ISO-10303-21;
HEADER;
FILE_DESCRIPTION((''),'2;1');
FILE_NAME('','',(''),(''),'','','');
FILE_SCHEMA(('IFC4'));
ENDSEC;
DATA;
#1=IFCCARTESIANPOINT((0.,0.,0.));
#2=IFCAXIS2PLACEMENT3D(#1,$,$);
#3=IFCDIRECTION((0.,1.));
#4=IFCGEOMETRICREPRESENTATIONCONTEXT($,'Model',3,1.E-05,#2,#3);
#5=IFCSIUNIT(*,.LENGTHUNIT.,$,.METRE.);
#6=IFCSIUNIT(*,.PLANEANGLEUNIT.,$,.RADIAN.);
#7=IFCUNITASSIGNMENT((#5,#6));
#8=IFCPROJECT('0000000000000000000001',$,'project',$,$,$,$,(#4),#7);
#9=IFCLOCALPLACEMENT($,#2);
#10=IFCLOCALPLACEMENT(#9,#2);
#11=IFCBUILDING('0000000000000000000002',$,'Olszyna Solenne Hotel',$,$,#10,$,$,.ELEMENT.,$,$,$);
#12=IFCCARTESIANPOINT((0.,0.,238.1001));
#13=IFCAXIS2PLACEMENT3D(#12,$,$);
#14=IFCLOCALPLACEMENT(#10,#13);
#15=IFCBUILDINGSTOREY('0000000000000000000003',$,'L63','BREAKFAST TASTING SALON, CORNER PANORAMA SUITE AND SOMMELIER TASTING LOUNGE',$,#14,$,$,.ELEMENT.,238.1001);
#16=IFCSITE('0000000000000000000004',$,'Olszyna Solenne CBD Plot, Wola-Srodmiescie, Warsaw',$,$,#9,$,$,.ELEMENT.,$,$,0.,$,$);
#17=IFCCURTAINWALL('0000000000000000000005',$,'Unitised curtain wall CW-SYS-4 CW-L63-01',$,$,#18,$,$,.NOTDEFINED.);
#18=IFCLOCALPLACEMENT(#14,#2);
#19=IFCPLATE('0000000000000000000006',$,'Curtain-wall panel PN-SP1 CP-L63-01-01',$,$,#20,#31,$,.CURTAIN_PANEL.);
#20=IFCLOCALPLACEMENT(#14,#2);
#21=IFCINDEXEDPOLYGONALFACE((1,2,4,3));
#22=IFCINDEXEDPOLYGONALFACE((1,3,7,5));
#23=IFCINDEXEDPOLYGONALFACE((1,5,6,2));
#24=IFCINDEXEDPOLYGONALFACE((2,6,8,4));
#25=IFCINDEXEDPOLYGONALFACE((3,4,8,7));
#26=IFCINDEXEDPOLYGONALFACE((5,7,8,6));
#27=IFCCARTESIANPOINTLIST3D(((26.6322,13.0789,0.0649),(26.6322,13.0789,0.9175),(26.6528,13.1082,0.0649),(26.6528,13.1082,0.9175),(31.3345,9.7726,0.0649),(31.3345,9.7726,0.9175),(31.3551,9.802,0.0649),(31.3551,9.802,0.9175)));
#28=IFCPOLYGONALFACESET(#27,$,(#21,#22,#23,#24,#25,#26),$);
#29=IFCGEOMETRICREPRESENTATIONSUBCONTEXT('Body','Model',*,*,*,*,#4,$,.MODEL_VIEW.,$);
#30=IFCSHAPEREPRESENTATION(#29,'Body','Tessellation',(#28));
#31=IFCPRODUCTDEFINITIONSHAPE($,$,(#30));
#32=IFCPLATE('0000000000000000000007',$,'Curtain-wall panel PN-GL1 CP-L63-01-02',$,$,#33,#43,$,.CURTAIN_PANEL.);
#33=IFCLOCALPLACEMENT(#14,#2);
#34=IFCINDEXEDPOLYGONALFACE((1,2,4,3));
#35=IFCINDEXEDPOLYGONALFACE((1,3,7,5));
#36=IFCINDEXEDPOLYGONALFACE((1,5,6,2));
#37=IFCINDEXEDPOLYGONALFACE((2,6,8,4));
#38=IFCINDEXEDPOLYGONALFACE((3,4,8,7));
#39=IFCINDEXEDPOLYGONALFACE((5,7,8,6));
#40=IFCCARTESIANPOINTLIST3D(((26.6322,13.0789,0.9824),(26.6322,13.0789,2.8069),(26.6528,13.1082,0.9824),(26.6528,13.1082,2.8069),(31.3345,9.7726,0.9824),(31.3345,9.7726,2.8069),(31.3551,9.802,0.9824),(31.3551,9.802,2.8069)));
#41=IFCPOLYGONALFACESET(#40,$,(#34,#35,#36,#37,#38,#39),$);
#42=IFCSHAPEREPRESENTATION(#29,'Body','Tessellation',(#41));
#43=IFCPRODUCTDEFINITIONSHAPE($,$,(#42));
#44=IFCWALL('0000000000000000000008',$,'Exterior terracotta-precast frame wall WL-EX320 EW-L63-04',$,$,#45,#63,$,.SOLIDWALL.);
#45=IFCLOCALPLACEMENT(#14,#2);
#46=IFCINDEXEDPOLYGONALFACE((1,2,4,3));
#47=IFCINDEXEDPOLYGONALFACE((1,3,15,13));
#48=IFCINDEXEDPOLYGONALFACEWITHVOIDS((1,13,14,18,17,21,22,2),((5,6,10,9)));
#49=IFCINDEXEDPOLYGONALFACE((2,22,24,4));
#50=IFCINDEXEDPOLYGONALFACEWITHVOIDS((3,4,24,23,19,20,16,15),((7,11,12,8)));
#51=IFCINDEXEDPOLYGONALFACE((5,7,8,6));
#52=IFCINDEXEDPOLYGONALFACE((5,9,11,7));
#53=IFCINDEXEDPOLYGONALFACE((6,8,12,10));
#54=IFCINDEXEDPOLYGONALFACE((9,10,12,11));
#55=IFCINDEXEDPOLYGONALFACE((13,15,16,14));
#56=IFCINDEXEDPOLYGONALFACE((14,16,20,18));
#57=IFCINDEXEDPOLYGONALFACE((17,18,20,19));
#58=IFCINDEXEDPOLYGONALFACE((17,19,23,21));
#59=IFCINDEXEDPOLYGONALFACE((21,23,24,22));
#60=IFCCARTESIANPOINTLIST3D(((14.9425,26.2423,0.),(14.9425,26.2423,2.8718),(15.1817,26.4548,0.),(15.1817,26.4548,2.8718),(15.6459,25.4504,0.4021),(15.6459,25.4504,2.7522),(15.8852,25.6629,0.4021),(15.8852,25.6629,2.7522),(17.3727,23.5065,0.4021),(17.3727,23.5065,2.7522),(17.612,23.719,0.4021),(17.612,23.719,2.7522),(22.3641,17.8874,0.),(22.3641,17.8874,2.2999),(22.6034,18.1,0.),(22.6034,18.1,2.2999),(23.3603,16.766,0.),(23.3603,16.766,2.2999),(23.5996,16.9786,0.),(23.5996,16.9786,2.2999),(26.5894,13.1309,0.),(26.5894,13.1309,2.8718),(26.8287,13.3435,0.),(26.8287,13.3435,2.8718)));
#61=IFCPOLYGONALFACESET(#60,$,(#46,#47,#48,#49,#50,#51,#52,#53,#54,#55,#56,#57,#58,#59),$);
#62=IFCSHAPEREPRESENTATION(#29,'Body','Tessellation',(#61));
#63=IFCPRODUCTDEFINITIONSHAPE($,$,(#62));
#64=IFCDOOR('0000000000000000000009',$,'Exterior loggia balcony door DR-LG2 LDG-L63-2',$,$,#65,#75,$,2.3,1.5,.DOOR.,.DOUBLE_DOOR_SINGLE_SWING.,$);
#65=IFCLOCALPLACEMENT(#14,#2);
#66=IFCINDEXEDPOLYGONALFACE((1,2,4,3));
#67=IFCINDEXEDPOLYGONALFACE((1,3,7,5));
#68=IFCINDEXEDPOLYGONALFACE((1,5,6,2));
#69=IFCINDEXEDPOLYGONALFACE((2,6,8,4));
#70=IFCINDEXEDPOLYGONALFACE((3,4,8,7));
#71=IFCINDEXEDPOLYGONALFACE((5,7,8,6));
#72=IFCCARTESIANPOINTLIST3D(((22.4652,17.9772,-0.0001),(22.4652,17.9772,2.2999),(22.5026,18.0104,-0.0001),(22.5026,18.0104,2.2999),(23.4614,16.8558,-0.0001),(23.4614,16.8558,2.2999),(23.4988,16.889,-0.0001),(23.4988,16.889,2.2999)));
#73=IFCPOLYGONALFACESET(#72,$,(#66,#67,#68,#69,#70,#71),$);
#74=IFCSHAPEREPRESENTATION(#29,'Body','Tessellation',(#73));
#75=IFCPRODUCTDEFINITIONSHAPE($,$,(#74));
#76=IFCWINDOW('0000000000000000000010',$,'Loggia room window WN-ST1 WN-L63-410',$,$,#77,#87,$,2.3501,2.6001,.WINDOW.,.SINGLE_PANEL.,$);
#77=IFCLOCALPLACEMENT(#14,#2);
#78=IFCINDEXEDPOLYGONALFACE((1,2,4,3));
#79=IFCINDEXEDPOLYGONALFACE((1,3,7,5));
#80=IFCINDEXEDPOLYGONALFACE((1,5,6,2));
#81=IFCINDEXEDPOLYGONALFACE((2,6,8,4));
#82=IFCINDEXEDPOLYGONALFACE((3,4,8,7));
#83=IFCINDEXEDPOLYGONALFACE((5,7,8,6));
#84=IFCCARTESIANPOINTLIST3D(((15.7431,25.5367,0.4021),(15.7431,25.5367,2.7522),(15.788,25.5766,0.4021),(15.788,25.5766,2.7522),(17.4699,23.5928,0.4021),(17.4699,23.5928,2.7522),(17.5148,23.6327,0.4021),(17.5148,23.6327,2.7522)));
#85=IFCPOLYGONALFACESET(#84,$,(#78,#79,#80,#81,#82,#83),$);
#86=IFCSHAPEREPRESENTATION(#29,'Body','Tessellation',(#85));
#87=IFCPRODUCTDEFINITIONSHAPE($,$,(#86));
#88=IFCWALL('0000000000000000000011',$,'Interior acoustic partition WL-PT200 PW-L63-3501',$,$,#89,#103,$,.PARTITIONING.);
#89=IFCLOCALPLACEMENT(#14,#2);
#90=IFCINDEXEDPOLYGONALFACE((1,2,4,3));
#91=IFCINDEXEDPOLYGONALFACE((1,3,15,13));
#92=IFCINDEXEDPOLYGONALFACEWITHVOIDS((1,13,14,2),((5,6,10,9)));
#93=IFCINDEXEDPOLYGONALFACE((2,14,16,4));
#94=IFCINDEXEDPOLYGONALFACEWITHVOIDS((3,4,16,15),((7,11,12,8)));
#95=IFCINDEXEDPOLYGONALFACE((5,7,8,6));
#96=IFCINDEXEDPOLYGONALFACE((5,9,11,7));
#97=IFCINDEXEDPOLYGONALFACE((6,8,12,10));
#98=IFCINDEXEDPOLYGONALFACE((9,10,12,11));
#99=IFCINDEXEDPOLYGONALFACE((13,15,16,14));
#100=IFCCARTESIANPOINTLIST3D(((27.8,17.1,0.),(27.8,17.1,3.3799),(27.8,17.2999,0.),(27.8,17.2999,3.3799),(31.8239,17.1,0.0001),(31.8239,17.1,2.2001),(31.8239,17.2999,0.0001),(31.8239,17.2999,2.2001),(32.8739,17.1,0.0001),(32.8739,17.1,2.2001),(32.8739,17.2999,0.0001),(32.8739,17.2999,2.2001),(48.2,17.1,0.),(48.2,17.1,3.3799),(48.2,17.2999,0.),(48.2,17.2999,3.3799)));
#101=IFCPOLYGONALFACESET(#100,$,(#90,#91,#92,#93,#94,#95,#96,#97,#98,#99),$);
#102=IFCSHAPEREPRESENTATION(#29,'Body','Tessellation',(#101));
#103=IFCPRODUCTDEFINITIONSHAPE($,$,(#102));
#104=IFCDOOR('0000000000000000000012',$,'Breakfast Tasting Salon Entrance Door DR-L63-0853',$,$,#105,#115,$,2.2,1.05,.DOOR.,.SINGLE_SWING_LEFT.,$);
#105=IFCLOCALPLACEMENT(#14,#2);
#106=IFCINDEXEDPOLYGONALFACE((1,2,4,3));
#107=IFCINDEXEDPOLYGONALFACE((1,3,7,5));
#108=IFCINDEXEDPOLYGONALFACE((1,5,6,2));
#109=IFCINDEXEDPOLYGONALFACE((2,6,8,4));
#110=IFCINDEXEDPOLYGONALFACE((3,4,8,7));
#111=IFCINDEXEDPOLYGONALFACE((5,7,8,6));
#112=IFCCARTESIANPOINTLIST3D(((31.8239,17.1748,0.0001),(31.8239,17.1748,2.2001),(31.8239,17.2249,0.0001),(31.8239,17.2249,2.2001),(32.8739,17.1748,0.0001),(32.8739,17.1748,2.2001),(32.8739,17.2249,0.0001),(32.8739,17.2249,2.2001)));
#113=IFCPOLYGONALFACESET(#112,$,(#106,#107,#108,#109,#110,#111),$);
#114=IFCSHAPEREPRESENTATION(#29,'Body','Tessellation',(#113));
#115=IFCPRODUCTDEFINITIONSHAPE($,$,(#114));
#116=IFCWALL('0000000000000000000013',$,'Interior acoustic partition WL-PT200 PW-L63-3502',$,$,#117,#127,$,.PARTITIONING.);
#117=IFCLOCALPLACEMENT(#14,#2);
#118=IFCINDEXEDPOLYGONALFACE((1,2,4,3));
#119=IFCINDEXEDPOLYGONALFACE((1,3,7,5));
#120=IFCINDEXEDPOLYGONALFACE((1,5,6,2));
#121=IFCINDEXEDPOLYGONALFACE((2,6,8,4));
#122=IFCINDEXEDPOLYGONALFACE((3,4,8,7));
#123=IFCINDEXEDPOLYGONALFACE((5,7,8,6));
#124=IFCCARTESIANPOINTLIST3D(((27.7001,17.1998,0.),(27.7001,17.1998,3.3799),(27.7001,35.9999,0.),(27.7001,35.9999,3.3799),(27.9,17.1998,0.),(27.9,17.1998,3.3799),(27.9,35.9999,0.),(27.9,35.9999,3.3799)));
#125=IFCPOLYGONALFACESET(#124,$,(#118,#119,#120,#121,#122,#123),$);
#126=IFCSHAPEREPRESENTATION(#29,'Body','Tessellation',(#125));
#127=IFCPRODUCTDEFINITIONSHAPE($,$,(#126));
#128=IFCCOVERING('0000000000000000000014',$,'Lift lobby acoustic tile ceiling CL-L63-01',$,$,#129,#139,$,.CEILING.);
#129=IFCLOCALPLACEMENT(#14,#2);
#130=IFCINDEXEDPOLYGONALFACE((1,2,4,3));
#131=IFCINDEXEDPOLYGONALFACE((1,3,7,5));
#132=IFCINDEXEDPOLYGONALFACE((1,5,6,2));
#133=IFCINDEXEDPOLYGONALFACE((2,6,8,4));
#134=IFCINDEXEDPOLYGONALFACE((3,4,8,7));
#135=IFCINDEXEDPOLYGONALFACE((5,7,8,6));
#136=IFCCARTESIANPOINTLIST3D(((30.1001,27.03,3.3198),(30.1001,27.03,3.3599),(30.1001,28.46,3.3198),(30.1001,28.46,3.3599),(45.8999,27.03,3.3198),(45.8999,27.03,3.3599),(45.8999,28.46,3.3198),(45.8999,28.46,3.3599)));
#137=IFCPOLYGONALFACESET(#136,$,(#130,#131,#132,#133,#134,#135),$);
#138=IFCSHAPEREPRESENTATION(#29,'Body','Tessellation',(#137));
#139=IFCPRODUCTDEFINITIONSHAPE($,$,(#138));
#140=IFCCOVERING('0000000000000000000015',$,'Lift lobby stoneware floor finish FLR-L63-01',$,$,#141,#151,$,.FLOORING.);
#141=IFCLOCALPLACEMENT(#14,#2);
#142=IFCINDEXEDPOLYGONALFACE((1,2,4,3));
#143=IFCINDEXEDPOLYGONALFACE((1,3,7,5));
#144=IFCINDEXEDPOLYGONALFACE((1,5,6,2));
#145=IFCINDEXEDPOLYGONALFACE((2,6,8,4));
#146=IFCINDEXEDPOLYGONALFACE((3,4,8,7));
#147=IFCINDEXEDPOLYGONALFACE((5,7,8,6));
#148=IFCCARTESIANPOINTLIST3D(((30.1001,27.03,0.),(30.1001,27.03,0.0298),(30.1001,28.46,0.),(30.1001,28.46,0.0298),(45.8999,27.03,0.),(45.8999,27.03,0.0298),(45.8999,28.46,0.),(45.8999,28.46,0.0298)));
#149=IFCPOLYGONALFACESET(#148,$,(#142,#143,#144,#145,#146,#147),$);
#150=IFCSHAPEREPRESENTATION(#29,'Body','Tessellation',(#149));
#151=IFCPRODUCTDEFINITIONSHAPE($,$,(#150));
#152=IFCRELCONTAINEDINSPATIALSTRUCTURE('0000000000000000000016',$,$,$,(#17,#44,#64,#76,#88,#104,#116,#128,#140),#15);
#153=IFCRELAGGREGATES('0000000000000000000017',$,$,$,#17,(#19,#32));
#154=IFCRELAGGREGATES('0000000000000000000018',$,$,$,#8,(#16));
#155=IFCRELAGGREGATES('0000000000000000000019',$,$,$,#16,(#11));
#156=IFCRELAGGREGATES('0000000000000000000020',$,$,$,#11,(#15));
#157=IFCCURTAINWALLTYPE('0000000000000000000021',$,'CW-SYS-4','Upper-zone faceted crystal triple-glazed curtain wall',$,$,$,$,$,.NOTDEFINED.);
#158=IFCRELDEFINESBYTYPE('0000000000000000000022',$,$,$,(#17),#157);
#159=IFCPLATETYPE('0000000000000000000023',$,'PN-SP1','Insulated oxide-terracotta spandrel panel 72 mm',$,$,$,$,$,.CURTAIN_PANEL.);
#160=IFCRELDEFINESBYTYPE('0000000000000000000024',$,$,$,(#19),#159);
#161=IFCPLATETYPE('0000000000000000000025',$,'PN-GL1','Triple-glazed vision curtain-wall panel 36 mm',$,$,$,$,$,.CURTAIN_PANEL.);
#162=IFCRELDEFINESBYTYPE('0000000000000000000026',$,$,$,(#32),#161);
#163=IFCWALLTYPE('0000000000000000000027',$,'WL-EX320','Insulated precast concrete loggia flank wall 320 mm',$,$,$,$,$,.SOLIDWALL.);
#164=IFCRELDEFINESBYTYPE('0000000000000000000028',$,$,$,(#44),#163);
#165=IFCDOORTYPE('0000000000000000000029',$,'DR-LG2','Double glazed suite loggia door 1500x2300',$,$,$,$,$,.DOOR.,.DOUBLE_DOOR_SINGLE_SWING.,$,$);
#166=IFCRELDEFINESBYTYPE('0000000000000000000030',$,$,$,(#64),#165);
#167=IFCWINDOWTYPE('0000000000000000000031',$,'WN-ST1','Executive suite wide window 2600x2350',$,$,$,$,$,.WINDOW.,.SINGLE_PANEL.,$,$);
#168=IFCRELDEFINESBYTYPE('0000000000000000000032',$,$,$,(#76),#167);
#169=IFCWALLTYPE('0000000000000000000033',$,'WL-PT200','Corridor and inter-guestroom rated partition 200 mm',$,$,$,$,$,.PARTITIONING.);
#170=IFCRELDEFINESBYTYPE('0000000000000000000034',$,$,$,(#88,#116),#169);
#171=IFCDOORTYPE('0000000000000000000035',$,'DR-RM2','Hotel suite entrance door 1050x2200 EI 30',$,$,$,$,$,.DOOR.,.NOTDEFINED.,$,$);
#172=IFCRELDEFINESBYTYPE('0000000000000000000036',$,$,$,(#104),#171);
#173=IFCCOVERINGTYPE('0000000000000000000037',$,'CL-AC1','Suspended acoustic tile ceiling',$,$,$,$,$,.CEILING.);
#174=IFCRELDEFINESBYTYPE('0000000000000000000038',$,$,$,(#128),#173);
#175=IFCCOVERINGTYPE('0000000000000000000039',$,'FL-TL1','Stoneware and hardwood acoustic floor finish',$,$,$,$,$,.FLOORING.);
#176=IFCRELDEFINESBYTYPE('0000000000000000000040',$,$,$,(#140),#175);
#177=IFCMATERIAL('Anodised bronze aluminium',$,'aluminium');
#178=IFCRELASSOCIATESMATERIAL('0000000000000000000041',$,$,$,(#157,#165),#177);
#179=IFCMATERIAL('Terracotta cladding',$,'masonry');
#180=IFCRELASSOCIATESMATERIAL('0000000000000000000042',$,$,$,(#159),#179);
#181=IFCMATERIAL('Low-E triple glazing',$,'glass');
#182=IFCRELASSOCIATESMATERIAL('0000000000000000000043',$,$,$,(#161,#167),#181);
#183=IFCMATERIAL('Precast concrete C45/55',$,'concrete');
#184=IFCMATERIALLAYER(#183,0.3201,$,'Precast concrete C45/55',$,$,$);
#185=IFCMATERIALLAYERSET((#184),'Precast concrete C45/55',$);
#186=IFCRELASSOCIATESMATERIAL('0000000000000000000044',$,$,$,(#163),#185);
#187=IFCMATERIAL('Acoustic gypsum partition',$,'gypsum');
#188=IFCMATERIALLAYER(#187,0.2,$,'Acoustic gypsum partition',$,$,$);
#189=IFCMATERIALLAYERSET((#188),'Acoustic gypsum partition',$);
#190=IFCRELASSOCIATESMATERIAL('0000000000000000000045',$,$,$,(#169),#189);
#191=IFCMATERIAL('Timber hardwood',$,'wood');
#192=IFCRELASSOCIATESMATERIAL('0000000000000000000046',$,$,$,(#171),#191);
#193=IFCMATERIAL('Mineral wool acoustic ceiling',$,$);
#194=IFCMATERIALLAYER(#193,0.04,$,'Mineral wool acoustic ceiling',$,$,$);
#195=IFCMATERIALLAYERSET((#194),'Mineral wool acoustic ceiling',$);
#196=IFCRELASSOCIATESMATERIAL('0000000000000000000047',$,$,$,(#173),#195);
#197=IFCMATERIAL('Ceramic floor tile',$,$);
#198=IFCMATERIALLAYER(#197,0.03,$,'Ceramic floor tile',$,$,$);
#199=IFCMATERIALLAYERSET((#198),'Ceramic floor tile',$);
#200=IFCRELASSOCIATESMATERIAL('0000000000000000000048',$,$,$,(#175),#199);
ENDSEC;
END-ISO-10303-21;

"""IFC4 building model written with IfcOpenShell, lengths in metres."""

from ifc_helpers import new_model, si_unit, direction, frame, frame_2d, origin, origin_2d, place, context, subcontext, project, spatial, polyline, rectangle, outline, extrude, source, transform, mapped, material, layer, layer_set, type_object, type_shapes, element, fill, aggregate, save


model = new_model("IFC4")

# Units and contexts
model_context = context("Model", 3, precision=1e-05, world=origin(), true_north=direction((0.0, 1.0)))
body_context = subcontext(model_context, "Body", "Model", "MODEL_VIEW")
ifc_project = project(units=[si_unit("LENGTHUNIT", "METRE"), si_unit("PLANEANGLEUNIT", "RADIAN")], contexts=[model_context])

# Site, building, storey
site_placement = place(None, origin())
site = spatial("IfcSite", under=ifc_project, at=site_placement, Name="Olszyna Solenne CBD Plot, Wola-Srodmiescie, Warsaw", CompositionType="ELEMENT", RefElevation=0.0)
building_placement = place(site_placement, origin())
building = spatial("IfcBuilding", under=site, at=building_placement, Name="Olszyna Solenne Hotel", CompositionType="ELEMENT")
storey_placement = place(building_placement, frame((0.0, 0.0, 238.1001)))
storey = spatial("IfcBuildingStorey", under=building, at=storey_placement, Name="L63", Description="BREAKFAST TASTING SALON, CORNER PANORAMA SUITE AND SOMMELIER TASTING LOUNGE", CompositionType="ELEMENT", Elevation=238.1001)

# Curtain wall
ifc_material_1 = material(Name="Anodised bronze aluminium", Category="aluminium")
curtain_wall_type = type_object("IfcCurtainWallType", Name="CW-SYS-4", Description="Upper-zone faceted crystal triple-glazed curtain wall", PredefinedType="NOTDEFINED", material=ifc_material_1)
curtain_wall_placement = place(storey_placement, origin())
curtain_wall = element("IfcCurtainWall", 1, at=curtain_wall_placement, inside=storey, type_object=curtain_wall_type, Name="Unitised curtain wall CW-SYS-4 CW-L63-01", PredefinedType="NOTDEFINED")

# Shared definitions
ifc_material_2 = material(Name="Precast concrete C45/55", Category="concrete")

# Plates
ifc_material_3 = material(Name="Terracotta cladding", Category="masonry")
plate_type_1 = type_object("IfcPlateType", Name="PN-SP1", Description="Insulated oxide-terracotta spandrel panel 72 mm", PredefinedType="CURTAIN_PANEL", material=ifc_material_3)
shared_shape_1 = source(origin(), body_context, "Body", "SweptSolid", [
    extrude(rectangle(XDim=5.7483, YDim=0.0359, at=origin_2d()), origin(), (0.0, 0.0, 1.0), 0.8525),
])
plate_1_placement = place(storey_placement, frame((28.9937, 11.4404, 0.0649), z_axis=(0.0, 0.0, 1.0), x_axis=(0.818031, -0.575174, 0.0)))
plate_1 = element("IfcPlate", 2, at=plate_1_placement, type_object=plate_type_1, Name="Curtain-wall panel PN-SP1 CP-L63-01-01", PredefinedType="CURTAIN_PANEL", context=body_context, shape_type="MappedRepresentation", body=[
    mapped(shared_shape_1, transform((0.0, 0.0, 0.0), x_axis=(1.0, 0.0, 0.0), y_axis=(0.0, 1.0, 0.0), z_axis=(0.0, 0.0, 1.0), scale=1.0)),
])
ifc_material_4 = material(Name="Low-E triple glazing", Category="glass")
plate_type_2 = type_object("IfcPlateType", Name="PN-GL1", Description="Triple-glazed vision curtain-wall panel 36 mm", PredefinedType="CURTAIN_PANEL", material=ifc_material_4)
shared_shape_2 = source(origin(), body_context, "Body", "SweptSolid", [
    extrude(rectangle(XDim=5.7483, YDim=0.0359, at=origin_2d()), origin(), (0.0, 0.0, 1.0), 1.8245),
])
plate_2_placement = place(storey_placement, frame((28.9937, 11.4404, 0.9824), z_axis=(0.0, 0.0, 1.0), x_axis=(0.818031, -0.575174, 0.0)))
plate_2 = element("IfcPlate", 3, at=plate_2_placement, type_object=plate_type_2, Name="Curtain-wall panel PN-GL1 CP-L63-01-02", PredefinedType="CURTAIN_PANEL", context=body_context, shape_type="MappedRepresentation", body=[
    mapped(shared_shape_2, transform((0.0, 0.0, 0.0), x_axis=(1.0, 0.0, 0.0), y_axis=(0.0, 1.0, 0.0), z_axis=(0.0, 0.0, 1.0), scale=1.0)),
])
aggregate(curtain_wall, [plate_1, plate_2])

# Wall, openings, door, window
ifc_layer_1 = layer(ifc_material_2, 0.3201, Name="Precast concrete C45/55")
ifc_layer_set_1 = layer_set([ifc_layer_1], Name="Precast concrete C45/55")
wall_type_1 = type_object("IfcWallType", Name="WL-EX320", Description="Insulated precast concrete loggia flank wall 320 mm", PredefinedType="SOLIDWALL", material=ifc_layer_set_1)
wall_1_placement = place(storey_placement, frame((26.709, 13.2373, 0.0), z_axis=(0.0, 0.0, 1.0), x_axis=(-0.664124, 0.747623, 0.0)))
wall_1 = element("IfcWall", 4, at=wall_1_placement, inside=storey, type_object=wall_type_1, Name="Exterior terracotta-precast frame wall WL-EX320 EW-L63-04", PredefinedType="SOLIDWALL", context=body_context, shape_type="SweptSolid", body=[
    extrude(rectangle(XDim=17.5374, YDim=0.3201, at=frame_2d((8.7686, 0.0))), origin(), (0.0, 0.0, 1.0), 2.8718),
])
opening_1_placement = place(wall_1_placement, frame((4.8621, 0.0, 0.0)))
opening_1 = element("IfcOpeningElement", 5, at=opening_1_placement, cuts=wall_1, PredefinedType="OPENING", context=body_context, shape_type="SweptSolid", body=[
    extrude(rectangle(XDim=1.5, YDim=2.3, at=frame_2d((0.75, 1.1499))), frame((0.0, 0.1699, 0.0), z_axis=(0.0, -1.0, 0.0), x_axis=(1.0, 0.0, 0.0)), (0.0, 0.0, 1.0), 0.3401),
])
opening_2_placement = place(wall_1_placement, frame((13.8779, 0.0, 0.4021)))
opening_2 = element("IfcOpeningElement", 6, at=opening_2_placement, cuts=wall_1, PredefinedType="OPENING", context=body_context, shape_type="SweptSolid", body=[
    extrude(rectangle(XDim=2.6001, YDim=2.3501, at=frame_2d((1.3, 1.175))), frame((0.0, 0.1699, 0.0), z_axis=(0.0, -1.0, 0.0), x_axis=(1.0, 0.0, 0.0)), (0.0, 0.0, 1.0), 0.3401),
])
door_type_1 = type_object("IfcDoorType", Name="DR-LG2", Description="Double glazed suite loggia door 1500x2300", OperationType="DOUBLE_DOOR_SINGLE_SWING", PredefinedType="DOOR", material=ifc_material_1)
shared_shape_3 = source(origin(), body_context, "Body", "SweptSolid", [
    extrude(rectangle(XDim=1.5, YDim=2.3, at=frame_2d((0.75, 1.1499))), frame((0.0, 0.0249, 0.0), z_axis=(0.0, -1.0, 0.0), x_axis=(1.0, 0.0, 0.0)), (0.0, 0.0, 1.0), 0.05),
])
type_shapes(door_type_1, [shared_shape_3])
door_1_placement = place(opening_1_placement, origin())
door_1 = element("IfcDoor", 7, at=door_1_placement, inside=storey, type_object=door_type_1, Name="Exterior loggia balcony door DR-LG2 LDG-L63-2", OperationType="DOUBLE_DOOR_SINGLE_SWING", OverallHeight=2.3, OverallWidth=1.5, PredefinedType="DOOR", context=body_context, shape_type="MappedRepresentation", body=[
    mapped(shared_shape_3, transform((0.0, 0.0, 0.0), x_axis=(1.0, 0.0, 0.0), y_axis=(0.0, 1.0, 0.0), z_axis=(0.0, 0.0, 1.0), scale=1.0)),
])
fill(opening_1, door_1)
window_type = type_object("IfcWindowType", Name="WN-ST1", Description="Executive suite wide window 2600x2350", PartitioningType="SINGLE_PANEL", PredefinedType="WINDOW", material=ifc_material_4)
shared_shape_4 = source(origin(), body_context, "Body", "SweptSolid", [
    extrude(rectangle(XDim=2.6001, YDim=2.3501, at=frame_2d((1.3, 1.175))), frame((0.0, 0.03, 0.0), z_axis=(0.0, -1.0, 0.0), x_axis=(1.0, 0.0, 0.0)), (0.0, 0.0, 1.0), 0.0601),
])
type_shapes(window_type, [shared_shape_4])
window_placement = place(opening_2_placement, origin())
window = element("IfcWindow", 8, at=window_placement, inside=storey, type_object=window_type, Name="Loggia room window WN-ST1 WN-L63-410", OverallHeight=2.3501, OverallWidth=2.6001, PartitioningType="SINGLE_PANEL", PredefinedType="WINDOW", context=body_context, shape_type="MappedRepresentation", body=[
    mapped(shared_shape_4, transform((0.0, 0.0, 0.0), x_axis=(1.0, 0.0, 0.0), y_axis=(0.0, 1.0, 0.0), z_axis=(0.0, 0.0, 1.0), scale=1.0)),
])
fill(opening_2, window)

# Wall, opening, door
ifc_material_5 = material(Name="Acoustic gypsum partition", Category="gypsum")
ifc_layer_2 = layer(ifc_material_5, 0.2, Name="Acoustic gypsum partition")
ifc_layer_set_2 = layer_set([ifc_layer_2], Name="Acoustic gypsum partition")
wall_type_2 = type_object("IfcWallType", Name="WL-PT200", Description="Corridor and inter-guestroom rated partition 200 mm", PredefinedType="PARTITIONING", material=ifc_layer_set_2)
wall_2_placement = place(storey_placement, frame((27.8, 17.2, 0.0), z_axis=(0.0, 0.0, 1.0), x_axis=(1.0, 0.0, 0.0)))
wall_2 = element("IfcWall", 9, at=wall_2_placement, inside=storey, type_object=wall_type_2, Name="Interior acoustic partition WL-PT200 PW-L63-3501", PredefinedType="PARTITIONING", context=body_context, shape_type="SweptSolid", body=[
    extrude(rectangle(XDim=20.3999, YDim=0.2, at=frame_2d((10.2, 0.0))), origin(), (0.0, 0.0, 1.0), 3.3799),
])
opening_3_placement = place(wall_2_placement, frame((4.0239, 0.0, 0.0)))
opening_3 = element("IfcOpeningElement", 10, at=opening_3_placement, cuts=wall_2, PredefinedType="OPENING", context=body_context, shape_type="SweptSolid", body=[
    extrude(rectangle(XDim=1.05, YDim=2.2, at=frame_2d((0.5249, 1.1001))), frame((0.0, 0.1099, 0.0), z_axis=(0.0, -1.0, 0.0), x_axis=(1.0, 0.0, 0.0)), (0.0, 0.0, 1.0), 0.22),
])
ifc_material_6 = material(Name="Timber hardwood", Category="wood")
door_type_2 = type_object("IfcDoorType", Name="DR-RM2", Description="Hotel suite entrance door 1050x2200 EI 30", OperationType="NOTDEFINED", PredefinedType="DOOR", material=ifc_material_6)
shared_shape_5 = source(origin(), body_context, "Body", "SweptSolid", [
    extrude(rectangle(XDim=1.05, YDim=2.2, at=frame_2d((0.5249, 1.1001))), frame((0.0, 0.0249, 0.0), z_axis=(0.0, -1.0, 0.0), x_axis=(1.0, 0.0, 0.0)), (0.0, 0.0, 1.0), 0.05),
])
type_shapes(door_type_2, [shared_shape_5])
door_2_placement = place(opening_3_placement, origin())
door_2 = element("IfcDoor", 11, at=door_2_placement, inside=storey, type_object=door_type_2, Name="Breakfast Tasting Salon Entrance Door DR-L63-0853", OperationType="SINGLE_SWING_LEFT", OverallHeight=2.2, OverallWidth=1.05, PredefinedType="DOOR", context=body_context, shape_type="MappedRepresentation", body=[
    mapped(shared_shape_5, transform((0.0, 0.0, 0.0), x_axis=(1.0, 0.0, 0.0), y_axis=(0.0, 1.0, 0.0), z_axis=(0.0, 0.0, 1.0), scale=1.0)),
])
fill(opening_3, door_2)

# Wall
wall_3_placement = place(storey_placement, frame((27.8, 17.2, 0.0), z_axis=(0.0, 0.0, 1.0), x_axis=(0.0, 1.0, 0.0)))
element("IfcWall", 12, at=wall_3_placement, inside=storey, type_object=wall_type_2, Name="Interior acoustic partition WL-PT200 PW-L63-3502", PredefinedType="PARTITIONING", context=body_context, shape_type="SweptSolid", body=[
    extrude(rectangle(XDim=18.8, YDim=0.2, at=frame_2d((9.3999, 0.0))), origin(), (0.0, 0.0, 1.0), 3.3799),
])

# Coverings
ifc_material_7 = material(Name="Mineral wool acoustic ceiling")
ifc_layer_3 = layer(ifc_material_7, 0.04, Name="Mineral wool acoustic ceiling")
ifc_layer_set_3 = layer_set([ifc_layer_3], Name="Mineral wool acoustic ceiling")
covering_type_1 = type_object("IfcCoveringType", Name="CL-AC1", Description="Suspended acoustic tile ceiling", PredefinedType="CEILING", material=ifc_layer_set_3)
covering_1_placement = place(storey_placement, frame((0.0, 0.0, 3.3198)))
element("IfcCovering", 13, at=covering_1_placement, inside=storey, type_object=covering_type_1, Name="Lift lobby acoustic tile ceiling CL-L63-01", PredefinedType="CEILING", context=body_context, shape_type="SweptSolid", body=[
    extrude(outline(polyline([(30.1001, 27.03), (45.8999, 27.03), (45.8999, 28.46), (30.1001, 28.46), (30.1001, 27.03)])), origin(), (0.0, 0.0, 1.0), 0.04),
])
ifc_material_8 = material(Name="Ceramic floor tile")
ifc_layer_4 = layer(ifc_material_8, 0.03, Name="Ceramic floor tile")
ifc_layer_set_4 = layer_set([ifc_layer_4], Name="Ceramic floor tile")
covering_type_2 = type_object("IfcCoveringType", Name="FL-TL1", Description="Stoneware and hardwood acoustic floor finish", PredefinedType="FLOORING", material=ifc_layer_set_4)
covering_2_placement = place(storey_placement, origin())
element("IfcCovering", 14, at=covering_2_placement, inside=storey, type_object=covering_type_2, Name="Lift lobby stoneware floor finish FLR-L63-01", PredefinedType="FLOORING", context=body_context, shape_type="SweptSolid", body=[
    extrude(outline(polyline([(30.1001, 27.03), (45.8999, 27.03), (45.8999, 28.46), (30.1001, 28.46), (30.1001, 27.03)])), origin(), (0.0, 0.0, 1.0), 0.0298),
])

save(model, "model.ifc")
